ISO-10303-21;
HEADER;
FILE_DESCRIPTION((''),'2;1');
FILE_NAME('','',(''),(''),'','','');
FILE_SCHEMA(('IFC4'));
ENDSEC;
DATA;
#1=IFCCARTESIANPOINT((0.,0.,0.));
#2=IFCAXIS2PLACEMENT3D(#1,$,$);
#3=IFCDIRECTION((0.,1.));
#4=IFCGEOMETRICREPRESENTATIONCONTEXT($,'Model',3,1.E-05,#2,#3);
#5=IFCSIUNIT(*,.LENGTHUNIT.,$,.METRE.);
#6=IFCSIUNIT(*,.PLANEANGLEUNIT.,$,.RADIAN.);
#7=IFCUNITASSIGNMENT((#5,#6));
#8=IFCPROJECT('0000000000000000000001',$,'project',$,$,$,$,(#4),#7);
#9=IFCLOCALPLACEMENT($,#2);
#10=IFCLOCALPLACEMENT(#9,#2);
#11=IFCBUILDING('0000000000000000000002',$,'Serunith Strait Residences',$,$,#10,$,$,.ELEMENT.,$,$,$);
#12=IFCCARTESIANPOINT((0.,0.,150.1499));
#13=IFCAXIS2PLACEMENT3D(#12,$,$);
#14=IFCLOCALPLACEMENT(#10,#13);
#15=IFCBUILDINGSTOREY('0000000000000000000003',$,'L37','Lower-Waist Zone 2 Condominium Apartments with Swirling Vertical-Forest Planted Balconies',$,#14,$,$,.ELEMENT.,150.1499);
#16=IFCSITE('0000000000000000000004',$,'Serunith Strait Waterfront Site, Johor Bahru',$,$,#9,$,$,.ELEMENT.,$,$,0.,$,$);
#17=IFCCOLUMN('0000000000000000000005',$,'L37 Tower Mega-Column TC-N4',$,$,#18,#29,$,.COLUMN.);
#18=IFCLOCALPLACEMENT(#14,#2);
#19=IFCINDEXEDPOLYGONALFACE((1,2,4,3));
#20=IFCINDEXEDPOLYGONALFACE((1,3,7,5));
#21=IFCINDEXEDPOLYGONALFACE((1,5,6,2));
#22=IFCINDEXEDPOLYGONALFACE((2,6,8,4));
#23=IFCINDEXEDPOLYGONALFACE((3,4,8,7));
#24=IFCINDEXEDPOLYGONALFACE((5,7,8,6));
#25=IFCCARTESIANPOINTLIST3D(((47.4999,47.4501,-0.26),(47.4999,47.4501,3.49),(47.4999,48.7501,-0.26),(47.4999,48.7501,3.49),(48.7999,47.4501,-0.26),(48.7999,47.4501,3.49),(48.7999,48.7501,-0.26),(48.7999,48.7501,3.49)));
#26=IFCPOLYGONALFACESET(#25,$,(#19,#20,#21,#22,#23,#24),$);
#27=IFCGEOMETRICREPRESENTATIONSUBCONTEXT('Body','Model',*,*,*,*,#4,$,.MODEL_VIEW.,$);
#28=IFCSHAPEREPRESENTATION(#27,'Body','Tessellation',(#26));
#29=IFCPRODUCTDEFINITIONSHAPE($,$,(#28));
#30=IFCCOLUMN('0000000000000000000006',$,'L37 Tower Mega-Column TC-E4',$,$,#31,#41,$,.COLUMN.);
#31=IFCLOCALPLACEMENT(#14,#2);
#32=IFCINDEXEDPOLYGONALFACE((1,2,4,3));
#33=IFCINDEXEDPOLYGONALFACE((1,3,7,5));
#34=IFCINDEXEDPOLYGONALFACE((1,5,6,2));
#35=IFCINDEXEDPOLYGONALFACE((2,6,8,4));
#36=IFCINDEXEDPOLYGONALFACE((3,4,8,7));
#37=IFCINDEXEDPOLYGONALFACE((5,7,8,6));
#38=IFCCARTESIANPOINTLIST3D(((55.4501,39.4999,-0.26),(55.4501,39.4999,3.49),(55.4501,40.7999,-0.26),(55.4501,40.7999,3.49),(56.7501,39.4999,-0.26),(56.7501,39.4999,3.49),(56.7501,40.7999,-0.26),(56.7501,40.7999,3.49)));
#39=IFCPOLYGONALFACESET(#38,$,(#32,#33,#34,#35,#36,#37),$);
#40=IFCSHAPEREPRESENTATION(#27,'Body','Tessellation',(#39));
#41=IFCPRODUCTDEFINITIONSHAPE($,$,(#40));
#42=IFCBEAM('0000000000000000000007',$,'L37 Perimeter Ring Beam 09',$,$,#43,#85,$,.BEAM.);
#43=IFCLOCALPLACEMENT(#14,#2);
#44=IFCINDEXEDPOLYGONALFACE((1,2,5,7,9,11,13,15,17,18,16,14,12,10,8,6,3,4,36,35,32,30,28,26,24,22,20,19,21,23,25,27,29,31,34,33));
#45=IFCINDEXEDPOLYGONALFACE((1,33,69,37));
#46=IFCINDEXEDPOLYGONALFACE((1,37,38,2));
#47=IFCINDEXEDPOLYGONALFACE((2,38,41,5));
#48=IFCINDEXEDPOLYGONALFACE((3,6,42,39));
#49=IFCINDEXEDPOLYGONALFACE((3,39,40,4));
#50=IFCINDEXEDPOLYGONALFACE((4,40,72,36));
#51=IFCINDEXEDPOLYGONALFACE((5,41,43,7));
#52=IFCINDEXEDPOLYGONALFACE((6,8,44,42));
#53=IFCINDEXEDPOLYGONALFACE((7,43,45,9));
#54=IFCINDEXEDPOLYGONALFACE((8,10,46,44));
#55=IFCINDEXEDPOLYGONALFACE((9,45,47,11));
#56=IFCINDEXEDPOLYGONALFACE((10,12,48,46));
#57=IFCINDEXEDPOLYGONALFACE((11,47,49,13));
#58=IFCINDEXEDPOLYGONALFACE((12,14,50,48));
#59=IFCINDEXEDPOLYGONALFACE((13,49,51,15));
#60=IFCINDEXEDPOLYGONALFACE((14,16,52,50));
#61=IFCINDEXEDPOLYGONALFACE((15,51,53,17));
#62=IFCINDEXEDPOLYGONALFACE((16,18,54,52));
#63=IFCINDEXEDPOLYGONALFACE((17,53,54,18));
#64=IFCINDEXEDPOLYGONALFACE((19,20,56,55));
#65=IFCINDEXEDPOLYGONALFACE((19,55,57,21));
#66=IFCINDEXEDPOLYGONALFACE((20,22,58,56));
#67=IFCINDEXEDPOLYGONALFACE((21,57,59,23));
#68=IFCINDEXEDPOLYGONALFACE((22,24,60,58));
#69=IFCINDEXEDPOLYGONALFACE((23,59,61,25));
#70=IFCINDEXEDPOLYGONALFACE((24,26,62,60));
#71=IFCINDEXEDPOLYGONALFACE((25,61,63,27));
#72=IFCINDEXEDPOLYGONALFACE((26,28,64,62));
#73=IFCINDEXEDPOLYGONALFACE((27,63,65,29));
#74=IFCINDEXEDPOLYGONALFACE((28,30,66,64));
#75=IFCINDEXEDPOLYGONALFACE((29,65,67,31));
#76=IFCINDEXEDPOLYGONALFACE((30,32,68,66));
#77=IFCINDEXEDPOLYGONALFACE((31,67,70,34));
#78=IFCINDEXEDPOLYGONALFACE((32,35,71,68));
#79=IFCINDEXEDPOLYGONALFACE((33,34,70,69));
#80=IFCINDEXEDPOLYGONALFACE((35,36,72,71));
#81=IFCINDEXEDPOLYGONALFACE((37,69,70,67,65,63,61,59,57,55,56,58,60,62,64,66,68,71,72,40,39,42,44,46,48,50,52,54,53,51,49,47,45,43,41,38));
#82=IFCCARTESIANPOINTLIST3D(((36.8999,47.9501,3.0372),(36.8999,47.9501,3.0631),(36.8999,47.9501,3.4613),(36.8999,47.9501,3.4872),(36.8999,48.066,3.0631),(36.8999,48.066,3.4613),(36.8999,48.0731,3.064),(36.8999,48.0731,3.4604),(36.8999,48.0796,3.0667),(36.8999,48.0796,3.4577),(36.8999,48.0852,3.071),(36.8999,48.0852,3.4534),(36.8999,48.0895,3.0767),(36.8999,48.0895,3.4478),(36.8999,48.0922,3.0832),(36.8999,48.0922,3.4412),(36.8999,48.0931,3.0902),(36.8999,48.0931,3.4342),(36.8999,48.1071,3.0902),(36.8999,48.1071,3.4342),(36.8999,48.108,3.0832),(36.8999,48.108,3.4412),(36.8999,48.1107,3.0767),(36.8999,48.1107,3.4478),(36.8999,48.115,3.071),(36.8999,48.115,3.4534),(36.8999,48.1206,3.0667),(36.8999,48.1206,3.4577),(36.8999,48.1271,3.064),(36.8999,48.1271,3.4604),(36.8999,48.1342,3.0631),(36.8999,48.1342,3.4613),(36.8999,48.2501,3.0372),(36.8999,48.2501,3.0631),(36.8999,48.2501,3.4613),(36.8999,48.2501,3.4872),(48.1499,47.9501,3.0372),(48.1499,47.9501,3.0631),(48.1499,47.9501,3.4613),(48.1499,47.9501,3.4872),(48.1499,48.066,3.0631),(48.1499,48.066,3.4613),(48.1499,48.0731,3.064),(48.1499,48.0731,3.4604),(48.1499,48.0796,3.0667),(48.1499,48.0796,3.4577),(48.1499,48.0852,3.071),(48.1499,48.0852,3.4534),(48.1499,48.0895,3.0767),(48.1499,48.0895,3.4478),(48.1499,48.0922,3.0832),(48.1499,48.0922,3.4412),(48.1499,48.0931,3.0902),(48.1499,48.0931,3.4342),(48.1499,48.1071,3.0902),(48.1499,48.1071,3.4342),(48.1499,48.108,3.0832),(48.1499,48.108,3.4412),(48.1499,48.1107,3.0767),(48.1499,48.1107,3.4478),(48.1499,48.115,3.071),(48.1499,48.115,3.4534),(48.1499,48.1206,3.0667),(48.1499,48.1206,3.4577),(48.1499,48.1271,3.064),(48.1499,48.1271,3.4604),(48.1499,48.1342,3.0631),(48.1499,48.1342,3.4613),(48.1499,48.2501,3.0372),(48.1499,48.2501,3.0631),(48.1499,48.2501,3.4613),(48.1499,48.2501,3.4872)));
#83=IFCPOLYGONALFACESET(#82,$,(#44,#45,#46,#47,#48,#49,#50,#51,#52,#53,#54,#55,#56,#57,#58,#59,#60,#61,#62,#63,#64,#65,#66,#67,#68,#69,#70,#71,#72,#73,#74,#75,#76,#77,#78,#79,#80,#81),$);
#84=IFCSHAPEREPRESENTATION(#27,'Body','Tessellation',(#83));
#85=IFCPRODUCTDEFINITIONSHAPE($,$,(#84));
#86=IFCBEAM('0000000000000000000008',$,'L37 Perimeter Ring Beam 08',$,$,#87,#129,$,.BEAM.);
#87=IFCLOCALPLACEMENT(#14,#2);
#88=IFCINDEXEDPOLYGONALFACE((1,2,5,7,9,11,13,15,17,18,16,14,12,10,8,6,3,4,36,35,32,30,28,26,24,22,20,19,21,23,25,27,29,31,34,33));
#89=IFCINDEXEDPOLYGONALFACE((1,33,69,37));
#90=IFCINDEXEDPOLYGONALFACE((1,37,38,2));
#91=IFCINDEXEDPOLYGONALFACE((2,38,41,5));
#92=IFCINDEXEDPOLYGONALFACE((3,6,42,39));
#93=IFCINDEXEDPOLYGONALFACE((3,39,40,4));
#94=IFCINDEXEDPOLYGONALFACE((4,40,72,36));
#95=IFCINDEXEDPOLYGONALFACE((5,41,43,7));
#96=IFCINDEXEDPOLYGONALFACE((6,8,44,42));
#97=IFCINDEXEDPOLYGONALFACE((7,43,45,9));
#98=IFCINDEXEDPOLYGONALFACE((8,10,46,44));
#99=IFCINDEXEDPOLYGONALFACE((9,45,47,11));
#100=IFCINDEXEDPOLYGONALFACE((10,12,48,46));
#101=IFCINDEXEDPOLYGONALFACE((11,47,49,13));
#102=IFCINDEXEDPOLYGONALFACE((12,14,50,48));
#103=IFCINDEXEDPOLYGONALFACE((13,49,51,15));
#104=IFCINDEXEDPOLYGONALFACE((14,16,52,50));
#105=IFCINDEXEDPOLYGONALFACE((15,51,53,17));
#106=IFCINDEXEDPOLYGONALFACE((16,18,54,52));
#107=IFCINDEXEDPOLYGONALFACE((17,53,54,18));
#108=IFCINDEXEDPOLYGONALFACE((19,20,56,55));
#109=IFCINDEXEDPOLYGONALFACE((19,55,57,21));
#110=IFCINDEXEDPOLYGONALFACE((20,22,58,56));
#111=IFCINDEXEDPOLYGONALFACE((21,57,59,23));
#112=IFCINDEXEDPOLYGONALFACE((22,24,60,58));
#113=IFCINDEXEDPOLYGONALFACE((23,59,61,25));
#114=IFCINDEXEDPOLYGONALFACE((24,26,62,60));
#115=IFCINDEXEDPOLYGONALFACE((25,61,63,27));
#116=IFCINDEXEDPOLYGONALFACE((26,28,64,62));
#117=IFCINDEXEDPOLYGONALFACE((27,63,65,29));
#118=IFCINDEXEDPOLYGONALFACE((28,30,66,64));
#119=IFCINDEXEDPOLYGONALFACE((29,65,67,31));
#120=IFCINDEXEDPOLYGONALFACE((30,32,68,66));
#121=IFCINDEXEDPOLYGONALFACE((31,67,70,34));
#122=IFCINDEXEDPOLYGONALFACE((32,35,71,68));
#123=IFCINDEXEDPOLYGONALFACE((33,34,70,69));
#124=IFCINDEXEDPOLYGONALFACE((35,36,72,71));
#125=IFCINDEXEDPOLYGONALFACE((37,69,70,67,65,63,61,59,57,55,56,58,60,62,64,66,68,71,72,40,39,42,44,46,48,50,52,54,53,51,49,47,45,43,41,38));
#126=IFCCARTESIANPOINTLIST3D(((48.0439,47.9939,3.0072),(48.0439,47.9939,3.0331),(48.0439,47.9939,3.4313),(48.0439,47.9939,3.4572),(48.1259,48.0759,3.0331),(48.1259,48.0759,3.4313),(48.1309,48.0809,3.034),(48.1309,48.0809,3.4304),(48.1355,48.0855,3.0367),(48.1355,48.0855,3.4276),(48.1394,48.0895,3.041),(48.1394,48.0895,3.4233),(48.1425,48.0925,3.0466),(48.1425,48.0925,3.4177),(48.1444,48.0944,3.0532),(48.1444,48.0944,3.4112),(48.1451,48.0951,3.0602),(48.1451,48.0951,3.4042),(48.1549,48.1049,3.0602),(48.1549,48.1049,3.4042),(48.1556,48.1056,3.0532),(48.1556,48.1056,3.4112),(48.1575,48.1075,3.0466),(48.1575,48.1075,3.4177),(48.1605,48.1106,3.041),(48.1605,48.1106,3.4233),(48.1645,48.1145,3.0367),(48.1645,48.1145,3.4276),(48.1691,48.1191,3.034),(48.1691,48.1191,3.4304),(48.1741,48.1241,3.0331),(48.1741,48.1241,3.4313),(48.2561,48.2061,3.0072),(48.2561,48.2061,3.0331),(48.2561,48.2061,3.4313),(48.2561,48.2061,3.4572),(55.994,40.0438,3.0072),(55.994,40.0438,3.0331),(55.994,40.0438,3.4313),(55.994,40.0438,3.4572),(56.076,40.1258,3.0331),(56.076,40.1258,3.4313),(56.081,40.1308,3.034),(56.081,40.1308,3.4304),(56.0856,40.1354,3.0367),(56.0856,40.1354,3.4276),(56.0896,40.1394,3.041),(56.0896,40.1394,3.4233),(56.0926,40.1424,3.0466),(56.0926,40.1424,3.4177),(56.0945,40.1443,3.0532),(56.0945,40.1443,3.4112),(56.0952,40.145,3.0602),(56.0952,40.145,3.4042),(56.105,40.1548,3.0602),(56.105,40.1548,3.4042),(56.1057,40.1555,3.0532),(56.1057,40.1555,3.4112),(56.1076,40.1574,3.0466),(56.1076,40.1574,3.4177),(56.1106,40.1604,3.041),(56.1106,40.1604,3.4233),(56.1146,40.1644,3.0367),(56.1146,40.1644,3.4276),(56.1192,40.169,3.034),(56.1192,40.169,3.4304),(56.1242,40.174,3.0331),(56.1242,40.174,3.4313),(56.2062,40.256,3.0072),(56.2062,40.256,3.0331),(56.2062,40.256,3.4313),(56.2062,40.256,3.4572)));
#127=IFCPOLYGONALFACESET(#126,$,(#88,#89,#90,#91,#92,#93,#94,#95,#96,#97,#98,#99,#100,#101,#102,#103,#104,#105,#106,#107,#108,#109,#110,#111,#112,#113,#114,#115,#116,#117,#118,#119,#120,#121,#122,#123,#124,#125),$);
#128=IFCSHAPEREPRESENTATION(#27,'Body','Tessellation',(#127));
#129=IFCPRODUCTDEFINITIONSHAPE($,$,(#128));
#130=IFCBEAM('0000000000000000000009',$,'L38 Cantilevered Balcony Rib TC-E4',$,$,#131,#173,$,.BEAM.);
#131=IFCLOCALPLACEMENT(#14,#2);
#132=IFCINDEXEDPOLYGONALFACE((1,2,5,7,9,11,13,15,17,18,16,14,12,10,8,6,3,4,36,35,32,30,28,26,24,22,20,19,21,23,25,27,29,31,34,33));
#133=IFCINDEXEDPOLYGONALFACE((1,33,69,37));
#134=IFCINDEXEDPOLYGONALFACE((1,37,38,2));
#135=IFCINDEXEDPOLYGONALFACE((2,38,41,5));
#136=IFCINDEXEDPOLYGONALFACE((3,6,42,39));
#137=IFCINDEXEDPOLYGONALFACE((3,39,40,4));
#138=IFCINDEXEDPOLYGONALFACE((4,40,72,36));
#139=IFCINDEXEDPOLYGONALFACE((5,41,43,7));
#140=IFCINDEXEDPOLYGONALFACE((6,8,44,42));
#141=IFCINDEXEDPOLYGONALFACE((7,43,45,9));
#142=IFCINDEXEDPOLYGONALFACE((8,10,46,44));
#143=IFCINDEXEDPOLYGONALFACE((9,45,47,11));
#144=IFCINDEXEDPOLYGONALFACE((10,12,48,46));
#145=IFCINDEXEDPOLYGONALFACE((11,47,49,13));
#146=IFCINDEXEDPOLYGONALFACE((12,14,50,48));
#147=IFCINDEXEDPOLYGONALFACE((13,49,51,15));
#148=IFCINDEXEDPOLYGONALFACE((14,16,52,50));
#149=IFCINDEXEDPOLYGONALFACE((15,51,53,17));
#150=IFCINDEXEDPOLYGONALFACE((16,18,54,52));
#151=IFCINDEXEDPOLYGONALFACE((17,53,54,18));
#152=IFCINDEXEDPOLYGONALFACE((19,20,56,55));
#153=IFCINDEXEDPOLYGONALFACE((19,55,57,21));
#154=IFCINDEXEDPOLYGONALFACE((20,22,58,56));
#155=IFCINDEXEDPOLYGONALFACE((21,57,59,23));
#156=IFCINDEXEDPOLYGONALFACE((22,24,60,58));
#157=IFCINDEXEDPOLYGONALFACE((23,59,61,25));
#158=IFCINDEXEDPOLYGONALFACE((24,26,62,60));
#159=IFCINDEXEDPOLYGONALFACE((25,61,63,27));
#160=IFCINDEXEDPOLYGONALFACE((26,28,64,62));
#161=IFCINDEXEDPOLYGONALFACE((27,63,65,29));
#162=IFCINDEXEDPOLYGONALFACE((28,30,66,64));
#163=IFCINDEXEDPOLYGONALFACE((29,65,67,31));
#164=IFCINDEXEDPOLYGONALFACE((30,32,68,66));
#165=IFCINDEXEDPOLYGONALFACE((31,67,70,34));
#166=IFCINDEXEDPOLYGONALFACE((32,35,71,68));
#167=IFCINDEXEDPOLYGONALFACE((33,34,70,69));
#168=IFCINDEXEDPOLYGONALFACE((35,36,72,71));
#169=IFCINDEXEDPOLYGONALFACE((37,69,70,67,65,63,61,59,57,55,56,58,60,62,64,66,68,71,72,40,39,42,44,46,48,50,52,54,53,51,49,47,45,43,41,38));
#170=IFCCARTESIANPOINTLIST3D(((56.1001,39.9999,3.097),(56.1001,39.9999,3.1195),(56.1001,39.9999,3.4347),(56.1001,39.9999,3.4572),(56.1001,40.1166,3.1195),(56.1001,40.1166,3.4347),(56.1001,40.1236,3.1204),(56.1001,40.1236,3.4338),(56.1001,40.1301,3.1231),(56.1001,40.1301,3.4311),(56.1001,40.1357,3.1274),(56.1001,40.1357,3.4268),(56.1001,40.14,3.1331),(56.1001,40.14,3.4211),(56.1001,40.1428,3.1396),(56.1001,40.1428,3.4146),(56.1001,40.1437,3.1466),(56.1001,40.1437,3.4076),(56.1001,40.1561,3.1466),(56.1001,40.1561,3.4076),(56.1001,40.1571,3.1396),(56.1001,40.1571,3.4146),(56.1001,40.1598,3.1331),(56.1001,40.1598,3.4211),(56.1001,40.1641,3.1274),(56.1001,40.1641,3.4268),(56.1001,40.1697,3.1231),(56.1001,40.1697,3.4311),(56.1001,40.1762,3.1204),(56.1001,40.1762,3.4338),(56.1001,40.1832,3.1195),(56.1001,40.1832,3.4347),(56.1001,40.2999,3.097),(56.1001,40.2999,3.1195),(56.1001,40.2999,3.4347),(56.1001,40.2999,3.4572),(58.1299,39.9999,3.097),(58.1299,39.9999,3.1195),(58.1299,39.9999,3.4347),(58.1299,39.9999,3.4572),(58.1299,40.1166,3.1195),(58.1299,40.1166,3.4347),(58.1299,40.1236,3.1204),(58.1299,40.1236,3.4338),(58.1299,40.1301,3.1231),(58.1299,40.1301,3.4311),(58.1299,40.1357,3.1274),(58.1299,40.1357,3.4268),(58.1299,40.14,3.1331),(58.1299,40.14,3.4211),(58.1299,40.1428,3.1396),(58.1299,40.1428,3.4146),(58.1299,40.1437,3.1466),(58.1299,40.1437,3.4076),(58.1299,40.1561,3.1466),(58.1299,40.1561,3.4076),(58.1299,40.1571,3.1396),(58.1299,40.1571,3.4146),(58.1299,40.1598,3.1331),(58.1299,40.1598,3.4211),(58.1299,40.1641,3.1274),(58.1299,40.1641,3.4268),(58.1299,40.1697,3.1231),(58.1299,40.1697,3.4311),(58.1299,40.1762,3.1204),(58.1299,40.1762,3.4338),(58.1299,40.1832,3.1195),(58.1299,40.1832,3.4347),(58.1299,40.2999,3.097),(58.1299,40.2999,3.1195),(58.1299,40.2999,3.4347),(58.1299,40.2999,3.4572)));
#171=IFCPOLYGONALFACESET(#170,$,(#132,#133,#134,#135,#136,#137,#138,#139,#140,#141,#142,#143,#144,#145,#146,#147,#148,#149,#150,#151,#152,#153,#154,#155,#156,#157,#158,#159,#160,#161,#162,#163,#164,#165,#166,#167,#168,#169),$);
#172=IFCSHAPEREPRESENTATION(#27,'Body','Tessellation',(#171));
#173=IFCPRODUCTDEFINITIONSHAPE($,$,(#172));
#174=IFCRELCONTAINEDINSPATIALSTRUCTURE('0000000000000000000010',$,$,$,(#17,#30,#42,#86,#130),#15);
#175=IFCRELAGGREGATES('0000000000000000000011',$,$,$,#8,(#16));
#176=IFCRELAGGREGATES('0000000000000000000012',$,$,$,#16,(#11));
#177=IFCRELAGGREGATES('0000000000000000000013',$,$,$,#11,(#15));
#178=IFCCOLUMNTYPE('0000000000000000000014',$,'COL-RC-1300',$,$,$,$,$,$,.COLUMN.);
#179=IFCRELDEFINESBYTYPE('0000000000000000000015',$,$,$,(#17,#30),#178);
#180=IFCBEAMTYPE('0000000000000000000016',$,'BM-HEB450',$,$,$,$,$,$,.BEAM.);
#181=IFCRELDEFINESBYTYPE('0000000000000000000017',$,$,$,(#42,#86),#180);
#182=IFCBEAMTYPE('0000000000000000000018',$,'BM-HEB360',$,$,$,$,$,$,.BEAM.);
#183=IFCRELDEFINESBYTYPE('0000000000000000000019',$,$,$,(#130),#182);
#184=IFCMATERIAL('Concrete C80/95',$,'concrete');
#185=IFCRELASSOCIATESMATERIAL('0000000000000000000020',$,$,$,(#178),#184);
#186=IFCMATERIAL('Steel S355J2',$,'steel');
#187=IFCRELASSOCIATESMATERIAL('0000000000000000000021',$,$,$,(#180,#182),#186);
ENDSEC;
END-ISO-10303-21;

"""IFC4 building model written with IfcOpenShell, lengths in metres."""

from ifc_helpers import new_model, si_unit, direction, frame, origin, origin_2d, place, context, subcontext, project, spatial, rectangle, i_section, extrude, source, transform, mapped, material, material_profile, profile_set, type_object, element, save


model = new_model("IFC4")

# Units and contexts
model_context = context("Model", 3, precision=1e-05, world=origin(), true_north=direction((0.0, 1.0)))
body_context = subcontext(model_context, "Body", "Model", "MODEL_VIEW")
ifc_project = project(units=[si_unit("LENGTHUNIT", "METRE"), si_unit("PLANEANGLEUNIT", "RADIAN")], contexts=[model_context])

# Site, building, storey
site_placement = place(None, origin())
site = spatial("IfcSite", under=ifc_project, at=site_placement, Name="Serunith Strait Waterfront Site, Johor Bahru", CompositionType="ELEMENT", RefElevation=0.0)
building_placement = place(site_placement, origin())
building = spatial("IfcBuilding", under=site, at=building_placement, Name="Serunith Strait Residences", CompositionType="ELEMENT")
storey_placement = place(building_placement, frame((0.0, 0.0, 150.1499)))
storey = spatial("IfcBuildingStorey", under=building, at=storey_placement, Name="L37", Description="Lower-Waist Zone 2 Condominium Apartments with Swirling Vertical-Forest Planted Balconies", CompositionType="ELEMENT", Elevation=150.1499)

# Columns
ifc_material_1 = material(Name="Concrete C80/95", Category="concrete")
ifc_material_profile_1 = material_profile(ifc_material_1, rectangle(XDim=1.3, YDim=1.3, at=origin_2d()), Name="RC 1300x1300")
ifc_profile_set_1 = profile_set([ifc_material_profile_1], Name="Concrete C80/95")
column_type = type_object("IfcColumnType", Name="COL-RC-1300", PredefinedType="COLUMN", material=ifc_profile_set_1)
shared_shape_1 = source(origin(), body_context, "Body", "SweptSolid", [
    extrude(rectangle(XDim=1.3, YDim=1.3, at=origin_2d()), origin(), (0.0, 0.0, 1.0), 3.75),
])
for number, where, z_axis, x_axis, name in (
    (1, (48.1499, 48.1001, -0.26), (0.0, 0.0, 1.0), (1.0, 0.0, 0.0), "L37 Tower Mega-Column TC-N4"),
    (2, (56.1001, 40.1499, -0.26), (0.0, 0.0, 1.0), (1.0, 0.0, 0.0), "L37 Tower Mega-Column TC-E4"),
):
    element("IfcColumn", number, at=place(storey_placement, frame(where, z_axis=z_axis, x_axis=x_axis)), inside=storey, type_object=column_type, Name=name, PredefinedType="COLUMN", context=body_context, shape_type="MappedRepresentation", body=[
        mapped(shared_shape_1, transform((0.0, 0.0, 0.0), scale=1.0)),
    ])

# Beams
ifc_material_2 = material(Name="Steel S355J2", Category="steel")
ifc_material_profile_2 = material_profile(ifc_material_2, i_section(OverallWidth=0.3, OverallDepth=0.45, WebThickness=0.0139, FlangeThickness=0.0259, FilletRadius=0.0271, at=origin_2d()), Name="HEB 450")
ifc_profile_set_2 = profile_set([ifc_material_profile_2], Name="Steel S355J2")
beam_type_1 = type_object("IfcBeamType", Name="BM-HEB450", PredefinedType="BEAM", material=ifc_profile_set_2)
shared_shape_2 = source(origin(), body_context, "Body", "SweptSolid", [
    extrude(i_section(OverallWidth=0.3, OverallDepth=0.45, WebThickness=0.0139, FlangeThickness=0.0259, FilletRadius=0.0271, at=origin_2d()), origin(), (0.0, 0.0, 1.0), 11.25),
])
beam_1_placement = place(storey_placement, frame((48.1499, 48.1001, 3.2622), z_axis=(-1.0, 0.0, 0.0), x_axis=(0.0, -1.0, 0.0)))
element("IfcBeam", 3, at=beam_1_placement, inside=storey, type_object=beam_type_1, Name="L37 Perimeter Ring Beam 09", PredefinedType="BEAM", context=body_context, shape_type="MappedRepresentation", body=[
    mapped(shared_shape_2, transform((0.0, 0.0, 0.0), scale=1.0)),
])
shared_shape_3 = source(origin(), body_context, "Body", "SweptSolid", [
    extrude(i_section(OverallWidth=0.3, OverallDepth=0.45, WebThickness=0.0139, FlangeThickness=0.0259, FilletRadius=0.0271, at=origin_2d()), origin(), (0.0, 0.0, 1.0), 11.2432),
])
beam_2_placement = place(storey_placement, frame((56.1001, 40.1499, 3.2322), z_axis=(-0.707107, 0.707107, 0.0), x_axis=(-0.707107, -0.707107, 0.0)))
element("IfcBeam", 4, at=beam_2_placement, inside=storey, type_object=beam_type_1, Name="L37 Perimeter Ring Beam 08", PredefinedType="BEAM", context=body_context, shape_type="MappedRepresentation", body=[
    mapped(shared_shape_3, transform((0.0, 0.0, 0.0), scale=1.0)),
])
ifc_material_profile_3 = material_profile(ifc_material_2, i_section(OverallWidth=0.3, OverallDepth=0.3601, WebThickness=0.0125, FlangeThickness=0.0225, FilletRadius=0.0271, at=origin_2d()), Name="HEB 360")
ifc_profile_set_3 = profile_set([ifc_material_profile_3], Name="Steel S355J2")
beam_type_2 = type_object("IfcBeamType", Name="BM-HEB360", PredefinedType="BEAM", material=ifc_profile_set_3)
shared_shape_4 = source(origin(), body_context, "Body", "SweptSolid", [
    extrude(i_section(OverallWidth=0.3, OverallDepth=0.3601, WebThickness=0.0125, FlangeThickness=0.0225, FilletRadius=0.0271, at=origin_2d()), origin(), (0.0, 0.0, 1.0), 2.0298),
])
beam_3_placement = place(storey_placement, frame((56.1001, 40.1499, 3.2771), z_axis=(1.0, 0.0, 0.0), x_axis=(0.0, 1.0, 0.0)))
element("IfcBeam", 5, at=beam_3_placement, inside=storey, type_object=beam_type_2, Name="L38 Cantilevered Balcony Rib TC-E4", PredefinedType="BEAM", context=body_context, shape_type="MappedRepresentation", body=[
    mapped(shared_shape_4, transform((0.0, 0.0, 0.0), scale=1.0)),
])

save(model, "model.ifc")
